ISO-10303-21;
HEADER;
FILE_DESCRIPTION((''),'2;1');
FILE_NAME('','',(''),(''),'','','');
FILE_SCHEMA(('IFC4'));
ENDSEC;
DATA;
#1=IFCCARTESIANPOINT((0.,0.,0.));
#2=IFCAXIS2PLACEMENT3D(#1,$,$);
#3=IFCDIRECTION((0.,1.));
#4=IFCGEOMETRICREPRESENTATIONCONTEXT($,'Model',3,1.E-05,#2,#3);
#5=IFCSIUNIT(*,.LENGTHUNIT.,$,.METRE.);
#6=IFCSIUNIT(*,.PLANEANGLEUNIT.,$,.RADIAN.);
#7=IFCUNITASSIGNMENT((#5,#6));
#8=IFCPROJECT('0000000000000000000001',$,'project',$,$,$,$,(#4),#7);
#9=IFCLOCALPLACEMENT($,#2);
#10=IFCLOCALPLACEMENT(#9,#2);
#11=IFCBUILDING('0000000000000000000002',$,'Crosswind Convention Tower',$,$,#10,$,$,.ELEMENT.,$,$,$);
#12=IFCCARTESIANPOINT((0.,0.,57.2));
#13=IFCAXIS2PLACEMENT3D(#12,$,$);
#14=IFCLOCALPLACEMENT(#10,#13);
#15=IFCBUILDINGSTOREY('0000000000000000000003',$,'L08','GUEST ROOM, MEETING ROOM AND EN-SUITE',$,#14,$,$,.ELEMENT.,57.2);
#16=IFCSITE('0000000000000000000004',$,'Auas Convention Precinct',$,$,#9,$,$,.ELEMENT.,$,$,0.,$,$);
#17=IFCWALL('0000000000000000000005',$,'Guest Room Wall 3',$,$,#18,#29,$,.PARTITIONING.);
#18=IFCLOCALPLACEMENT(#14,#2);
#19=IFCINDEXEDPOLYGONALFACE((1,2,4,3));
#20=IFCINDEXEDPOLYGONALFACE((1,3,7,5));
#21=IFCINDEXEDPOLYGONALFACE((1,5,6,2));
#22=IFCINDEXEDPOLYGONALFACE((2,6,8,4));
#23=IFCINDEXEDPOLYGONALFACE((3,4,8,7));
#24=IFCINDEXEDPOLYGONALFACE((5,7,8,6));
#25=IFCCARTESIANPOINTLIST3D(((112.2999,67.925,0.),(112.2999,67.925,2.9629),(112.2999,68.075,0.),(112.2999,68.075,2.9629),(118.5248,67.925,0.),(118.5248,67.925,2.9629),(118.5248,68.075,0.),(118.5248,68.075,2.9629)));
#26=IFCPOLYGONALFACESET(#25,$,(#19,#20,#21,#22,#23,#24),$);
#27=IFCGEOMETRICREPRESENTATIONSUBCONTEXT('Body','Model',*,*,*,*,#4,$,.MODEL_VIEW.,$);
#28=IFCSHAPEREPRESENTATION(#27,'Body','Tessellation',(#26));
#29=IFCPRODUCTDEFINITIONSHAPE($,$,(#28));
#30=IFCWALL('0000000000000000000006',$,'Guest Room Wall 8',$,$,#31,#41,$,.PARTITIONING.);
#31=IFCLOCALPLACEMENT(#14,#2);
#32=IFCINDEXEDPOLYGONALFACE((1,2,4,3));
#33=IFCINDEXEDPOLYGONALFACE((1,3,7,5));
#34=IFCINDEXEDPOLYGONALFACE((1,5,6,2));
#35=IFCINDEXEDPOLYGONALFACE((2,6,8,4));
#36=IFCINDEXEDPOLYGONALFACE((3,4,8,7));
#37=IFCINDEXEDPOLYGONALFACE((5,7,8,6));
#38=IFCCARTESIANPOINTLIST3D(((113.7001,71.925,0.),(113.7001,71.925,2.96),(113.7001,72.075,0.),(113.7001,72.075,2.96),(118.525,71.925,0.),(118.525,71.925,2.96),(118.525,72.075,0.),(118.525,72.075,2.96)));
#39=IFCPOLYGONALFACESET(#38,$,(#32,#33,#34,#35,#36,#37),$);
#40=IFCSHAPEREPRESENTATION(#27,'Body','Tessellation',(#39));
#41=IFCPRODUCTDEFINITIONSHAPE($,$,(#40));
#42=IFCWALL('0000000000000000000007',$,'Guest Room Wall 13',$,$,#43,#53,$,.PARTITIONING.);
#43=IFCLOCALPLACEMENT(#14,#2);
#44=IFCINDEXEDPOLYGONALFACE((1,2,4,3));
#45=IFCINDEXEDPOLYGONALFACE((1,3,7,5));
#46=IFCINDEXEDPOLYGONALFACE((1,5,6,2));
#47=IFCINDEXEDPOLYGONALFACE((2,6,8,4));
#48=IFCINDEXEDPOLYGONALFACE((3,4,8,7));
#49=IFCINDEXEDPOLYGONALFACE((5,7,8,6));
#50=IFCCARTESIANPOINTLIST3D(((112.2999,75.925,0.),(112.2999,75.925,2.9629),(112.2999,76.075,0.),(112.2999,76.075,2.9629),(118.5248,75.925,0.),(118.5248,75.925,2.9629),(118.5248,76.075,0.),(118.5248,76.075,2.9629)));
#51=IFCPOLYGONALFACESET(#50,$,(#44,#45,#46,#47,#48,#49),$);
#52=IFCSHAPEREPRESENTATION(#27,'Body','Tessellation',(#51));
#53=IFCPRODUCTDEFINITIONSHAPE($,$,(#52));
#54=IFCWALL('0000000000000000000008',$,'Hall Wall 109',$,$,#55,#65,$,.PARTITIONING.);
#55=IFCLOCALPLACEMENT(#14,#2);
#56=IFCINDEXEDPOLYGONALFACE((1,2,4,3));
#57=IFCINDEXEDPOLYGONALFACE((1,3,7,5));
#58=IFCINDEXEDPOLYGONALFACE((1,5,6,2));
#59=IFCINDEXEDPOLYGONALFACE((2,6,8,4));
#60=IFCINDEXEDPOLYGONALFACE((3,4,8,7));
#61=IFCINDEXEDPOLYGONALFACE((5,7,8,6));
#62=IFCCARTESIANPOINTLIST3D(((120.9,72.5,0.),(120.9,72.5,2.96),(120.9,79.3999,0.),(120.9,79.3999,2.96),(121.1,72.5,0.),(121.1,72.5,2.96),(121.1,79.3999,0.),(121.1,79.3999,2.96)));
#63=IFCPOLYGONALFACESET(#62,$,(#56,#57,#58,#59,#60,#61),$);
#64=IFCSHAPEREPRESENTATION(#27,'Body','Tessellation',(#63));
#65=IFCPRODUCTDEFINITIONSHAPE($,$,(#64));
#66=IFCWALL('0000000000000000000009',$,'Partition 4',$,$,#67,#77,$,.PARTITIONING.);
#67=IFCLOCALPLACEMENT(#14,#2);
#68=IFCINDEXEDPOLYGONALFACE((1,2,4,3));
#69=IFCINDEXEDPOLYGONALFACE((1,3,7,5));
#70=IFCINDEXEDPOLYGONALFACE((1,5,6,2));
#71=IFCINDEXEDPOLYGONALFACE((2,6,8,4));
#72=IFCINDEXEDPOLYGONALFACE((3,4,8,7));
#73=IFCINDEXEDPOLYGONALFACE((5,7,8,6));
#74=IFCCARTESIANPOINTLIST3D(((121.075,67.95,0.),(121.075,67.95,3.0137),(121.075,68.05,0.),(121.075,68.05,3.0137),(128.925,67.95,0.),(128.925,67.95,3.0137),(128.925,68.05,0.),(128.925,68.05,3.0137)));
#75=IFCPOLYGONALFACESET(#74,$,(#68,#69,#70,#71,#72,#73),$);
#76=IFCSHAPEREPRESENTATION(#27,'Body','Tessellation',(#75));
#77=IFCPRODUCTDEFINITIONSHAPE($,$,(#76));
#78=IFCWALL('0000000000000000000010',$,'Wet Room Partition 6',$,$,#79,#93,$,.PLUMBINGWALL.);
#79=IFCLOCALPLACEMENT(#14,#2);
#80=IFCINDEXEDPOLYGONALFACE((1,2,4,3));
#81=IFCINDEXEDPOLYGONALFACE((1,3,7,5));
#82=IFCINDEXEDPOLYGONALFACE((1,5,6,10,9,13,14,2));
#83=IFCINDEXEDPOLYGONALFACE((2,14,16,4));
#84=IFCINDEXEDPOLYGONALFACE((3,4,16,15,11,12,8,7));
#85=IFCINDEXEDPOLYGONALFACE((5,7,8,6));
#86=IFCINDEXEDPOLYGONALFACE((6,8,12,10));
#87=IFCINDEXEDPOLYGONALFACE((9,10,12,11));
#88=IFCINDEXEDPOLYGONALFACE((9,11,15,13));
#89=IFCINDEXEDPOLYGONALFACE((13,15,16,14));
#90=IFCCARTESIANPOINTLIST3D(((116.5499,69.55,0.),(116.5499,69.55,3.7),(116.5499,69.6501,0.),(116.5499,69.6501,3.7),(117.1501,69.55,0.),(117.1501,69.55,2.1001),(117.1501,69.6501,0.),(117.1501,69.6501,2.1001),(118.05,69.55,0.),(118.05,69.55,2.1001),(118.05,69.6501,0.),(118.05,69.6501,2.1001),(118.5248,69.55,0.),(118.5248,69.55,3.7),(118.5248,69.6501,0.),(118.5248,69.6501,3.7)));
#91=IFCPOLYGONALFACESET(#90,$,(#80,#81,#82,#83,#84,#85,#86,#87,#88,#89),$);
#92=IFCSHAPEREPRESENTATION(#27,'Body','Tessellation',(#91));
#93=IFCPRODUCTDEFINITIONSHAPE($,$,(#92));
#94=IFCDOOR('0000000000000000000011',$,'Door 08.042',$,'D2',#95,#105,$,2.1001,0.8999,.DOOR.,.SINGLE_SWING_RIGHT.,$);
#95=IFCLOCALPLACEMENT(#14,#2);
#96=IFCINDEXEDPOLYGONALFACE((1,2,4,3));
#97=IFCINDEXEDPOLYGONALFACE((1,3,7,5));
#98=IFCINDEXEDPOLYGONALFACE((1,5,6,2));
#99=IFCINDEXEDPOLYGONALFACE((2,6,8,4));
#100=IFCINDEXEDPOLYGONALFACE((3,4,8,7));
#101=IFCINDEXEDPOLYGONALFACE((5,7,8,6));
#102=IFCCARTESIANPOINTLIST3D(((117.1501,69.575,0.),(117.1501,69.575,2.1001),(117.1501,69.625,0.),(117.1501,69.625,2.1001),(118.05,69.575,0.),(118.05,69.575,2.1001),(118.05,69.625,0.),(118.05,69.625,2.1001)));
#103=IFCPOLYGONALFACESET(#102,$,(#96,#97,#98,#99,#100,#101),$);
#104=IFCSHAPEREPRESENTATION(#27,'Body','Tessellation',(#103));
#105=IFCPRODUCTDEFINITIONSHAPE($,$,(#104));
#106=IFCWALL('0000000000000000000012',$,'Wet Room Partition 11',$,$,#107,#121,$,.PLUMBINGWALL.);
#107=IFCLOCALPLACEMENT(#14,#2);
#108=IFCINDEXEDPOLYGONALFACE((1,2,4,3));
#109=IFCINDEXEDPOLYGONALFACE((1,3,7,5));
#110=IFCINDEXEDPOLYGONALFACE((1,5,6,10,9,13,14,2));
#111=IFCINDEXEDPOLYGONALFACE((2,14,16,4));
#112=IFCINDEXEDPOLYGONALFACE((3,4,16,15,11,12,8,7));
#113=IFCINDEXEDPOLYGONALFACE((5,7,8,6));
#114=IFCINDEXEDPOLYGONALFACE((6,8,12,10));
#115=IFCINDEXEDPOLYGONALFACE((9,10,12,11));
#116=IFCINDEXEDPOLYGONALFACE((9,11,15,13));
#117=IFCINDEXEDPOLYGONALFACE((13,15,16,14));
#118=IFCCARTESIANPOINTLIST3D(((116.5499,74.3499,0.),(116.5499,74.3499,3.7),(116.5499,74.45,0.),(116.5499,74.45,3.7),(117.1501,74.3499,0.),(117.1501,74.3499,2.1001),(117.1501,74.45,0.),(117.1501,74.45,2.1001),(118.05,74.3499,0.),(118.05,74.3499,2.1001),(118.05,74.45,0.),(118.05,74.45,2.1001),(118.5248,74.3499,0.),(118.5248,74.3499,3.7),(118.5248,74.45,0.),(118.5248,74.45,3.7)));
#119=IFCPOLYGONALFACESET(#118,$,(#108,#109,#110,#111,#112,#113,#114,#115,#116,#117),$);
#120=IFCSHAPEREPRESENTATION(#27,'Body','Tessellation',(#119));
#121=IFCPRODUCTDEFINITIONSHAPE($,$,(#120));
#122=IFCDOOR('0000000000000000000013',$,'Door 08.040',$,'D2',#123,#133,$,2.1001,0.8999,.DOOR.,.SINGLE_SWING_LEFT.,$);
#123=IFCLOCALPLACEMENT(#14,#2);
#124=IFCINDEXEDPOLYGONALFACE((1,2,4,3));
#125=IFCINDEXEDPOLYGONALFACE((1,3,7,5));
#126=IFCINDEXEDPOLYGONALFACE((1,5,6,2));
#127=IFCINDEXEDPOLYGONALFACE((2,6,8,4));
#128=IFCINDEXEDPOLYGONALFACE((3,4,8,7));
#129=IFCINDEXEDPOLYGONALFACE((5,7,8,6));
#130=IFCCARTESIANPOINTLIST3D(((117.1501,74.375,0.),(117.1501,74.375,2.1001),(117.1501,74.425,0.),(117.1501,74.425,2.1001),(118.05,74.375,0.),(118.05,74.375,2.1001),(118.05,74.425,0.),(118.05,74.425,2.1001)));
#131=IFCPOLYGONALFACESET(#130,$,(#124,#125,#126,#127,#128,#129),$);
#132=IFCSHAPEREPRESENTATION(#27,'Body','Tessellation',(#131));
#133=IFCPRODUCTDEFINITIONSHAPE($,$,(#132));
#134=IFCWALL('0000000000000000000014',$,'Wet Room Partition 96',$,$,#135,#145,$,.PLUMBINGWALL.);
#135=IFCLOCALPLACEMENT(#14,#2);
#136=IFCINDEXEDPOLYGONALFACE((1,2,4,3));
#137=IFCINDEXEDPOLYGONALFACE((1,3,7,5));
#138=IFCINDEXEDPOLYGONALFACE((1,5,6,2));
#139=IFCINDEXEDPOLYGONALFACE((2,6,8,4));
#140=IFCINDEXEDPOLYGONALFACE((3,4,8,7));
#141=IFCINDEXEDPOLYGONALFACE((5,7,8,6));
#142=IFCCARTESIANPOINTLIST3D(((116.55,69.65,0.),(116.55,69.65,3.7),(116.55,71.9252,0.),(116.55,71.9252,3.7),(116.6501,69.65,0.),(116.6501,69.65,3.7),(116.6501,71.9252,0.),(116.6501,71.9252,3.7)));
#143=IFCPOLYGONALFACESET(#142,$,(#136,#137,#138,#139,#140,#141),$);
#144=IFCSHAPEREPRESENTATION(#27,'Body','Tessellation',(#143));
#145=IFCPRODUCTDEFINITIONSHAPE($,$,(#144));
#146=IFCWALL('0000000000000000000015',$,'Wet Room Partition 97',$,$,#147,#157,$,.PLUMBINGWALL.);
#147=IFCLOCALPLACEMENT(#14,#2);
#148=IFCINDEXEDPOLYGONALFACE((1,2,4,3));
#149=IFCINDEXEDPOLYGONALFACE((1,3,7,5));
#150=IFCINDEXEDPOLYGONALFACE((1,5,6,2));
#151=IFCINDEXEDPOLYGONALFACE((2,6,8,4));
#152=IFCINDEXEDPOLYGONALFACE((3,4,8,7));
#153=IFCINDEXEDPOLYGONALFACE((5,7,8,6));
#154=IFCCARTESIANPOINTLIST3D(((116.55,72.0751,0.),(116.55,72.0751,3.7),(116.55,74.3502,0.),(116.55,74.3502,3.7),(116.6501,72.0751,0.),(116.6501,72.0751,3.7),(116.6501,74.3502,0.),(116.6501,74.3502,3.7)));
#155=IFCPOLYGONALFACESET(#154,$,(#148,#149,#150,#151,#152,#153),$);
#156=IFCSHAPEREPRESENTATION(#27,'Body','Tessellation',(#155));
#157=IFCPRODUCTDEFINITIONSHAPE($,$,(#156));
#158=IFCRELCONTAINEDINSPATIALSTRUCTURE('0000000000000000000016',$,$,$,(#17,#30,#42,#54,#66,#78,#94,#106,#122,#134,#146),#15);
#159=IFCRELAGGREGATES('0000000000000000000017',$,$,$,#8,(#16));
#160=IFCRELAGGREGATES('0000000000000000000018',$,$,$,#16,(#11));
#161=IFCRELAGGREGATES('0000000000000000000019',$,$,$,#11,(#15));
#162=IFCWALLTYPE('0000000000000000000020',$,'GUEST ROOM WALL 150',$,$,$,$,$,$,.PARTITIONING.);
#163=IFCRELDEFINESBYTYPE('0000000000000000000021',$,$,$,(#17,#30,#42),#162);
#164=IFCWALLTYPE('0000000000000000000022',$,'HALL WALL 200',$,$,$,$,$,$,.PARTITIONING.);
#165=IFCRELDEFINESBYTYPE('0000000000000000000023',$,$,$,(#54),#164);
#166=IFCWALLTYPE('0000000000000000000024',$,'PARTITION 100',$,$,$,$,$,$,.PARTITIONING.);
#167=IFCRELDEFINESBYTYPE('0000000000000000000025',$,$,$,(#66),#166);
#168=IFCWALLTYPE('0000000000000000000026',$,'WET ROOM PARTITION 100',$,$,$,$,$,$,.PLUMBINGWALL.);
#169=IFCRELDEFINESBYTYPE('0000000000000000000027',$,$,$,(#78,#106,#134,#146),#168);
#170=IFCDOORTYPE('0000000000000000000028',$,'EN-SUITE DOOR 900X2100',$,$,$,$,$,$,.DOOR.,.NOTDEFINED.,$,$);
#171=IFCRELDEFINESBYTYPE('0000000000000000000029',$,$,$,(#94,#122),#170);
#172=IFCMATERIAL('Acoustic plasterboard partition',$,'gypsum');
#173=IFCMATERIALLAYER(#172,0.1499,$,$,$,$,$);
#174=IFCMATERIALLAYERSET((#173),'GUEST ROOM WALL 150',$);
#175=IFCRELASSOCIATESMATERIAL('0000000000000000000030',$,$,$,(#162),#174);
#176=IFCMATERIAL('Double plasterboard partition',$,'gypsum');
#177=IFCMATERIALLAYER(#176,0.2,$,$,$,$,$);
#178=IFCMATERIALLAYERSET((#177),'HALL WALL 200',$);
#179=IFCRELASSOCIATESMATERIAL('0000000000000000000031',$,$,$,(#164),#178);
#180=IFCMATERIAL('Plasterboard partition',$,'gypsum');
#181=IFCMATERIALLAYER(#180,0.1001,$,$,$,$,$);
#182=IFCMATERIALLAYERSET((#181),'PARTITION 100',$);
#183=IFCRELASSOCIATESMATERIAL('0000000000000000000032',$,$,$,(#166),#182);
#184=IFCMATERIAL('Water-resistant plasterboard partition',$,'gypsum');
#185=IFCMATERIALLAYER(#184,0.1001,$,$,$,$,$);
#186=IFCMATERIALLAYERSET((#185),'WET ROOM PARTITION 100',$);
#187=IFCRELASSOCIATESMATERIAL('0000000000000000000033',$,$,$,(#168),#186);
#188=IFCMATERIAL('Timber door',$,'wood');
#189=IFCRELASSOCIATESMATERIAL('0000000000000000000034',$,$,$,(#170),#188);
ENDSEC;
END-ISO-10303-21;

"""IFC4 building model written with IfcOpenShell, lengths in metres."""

from ifc_helpers import new_model, si_unit, direction, frame, frame_2d, origin, place, context, subcontext, project, spatial, rectangle, extrude, material, layer, layer_set, type_object, element, fill, save


model = new_model("IFC4")

# Units and contexts
model_context = context("Model", 3, precision=1e-05, world=origin(), true_north=direction((0.0, 1.0)))
body_context = subcontext(model_context, "Body", "Model", "MODEL_VIEW")
ifc_project = project(units=[si_unit("LENGTHUNIT", "METRE"), si_unit("PLANEANGLEUNIT", "RADIAN")], contexts=[model_context])

# Site, building, storey
site_placement = place(None, origin())
site = spatial("IfcSite", under=ifc_project, at=site_placement, Name="Auas Convention Precinct", CompositionType="ELEMENT", RefElevation=0.0)
building_placement = place(site_placement, origin())
building = spatial("IfcBuilding", under=site, at=building_placement, Name="Crosswind Convention Tower", CompositionType="ELEMENT")
storey_placement = place(building_placement, frame((0.0, 0.0, 57.2)))
storey = spatial("IfcBuildingStorey", under=building, at=storey_placement, Name="L08", Description="GUEST ROOM, MEETING ROOM AND EN-SUITE", CompositionType="ELEMENT", Elevation=57.2)

# Walls
ifc_material_1 = material(Name="Acoustic plasterboard partition", Category="gypsum")
ifc_layer_1 = layer(ifc_material_1, 0.1499)
ifc_layer_set_1 = layer_set([ifc_layer_1], Name="GUEST ROOM WALL 150")
wall_type_1 = type_object("IfcWallType", Name="GUEST ROOM WALL 150", PredefinedType="PARTITIONING", material=ifc_layer_set_1)
wall_1_placement = place(storey_placement, frame((112.3, 68.0, 0.0), z_axis=(0.0, 0.0, 1.0), x_axis=(1.0, 0.0, 0.0)))
element("IfcWall", 1, at=wall_1_placement, inside=storey, type_object=wall_type_1, Name="Guest Room Wall 3", PredefinedType="PARTITIONING", context=body_context, shape_type="SweptSolid", body=[
    extrude(rectangle(XDim=6.2249, YDim=0.1499, at=frame_2d((3.1123, 0.0))), origin(), (0.0, 0.0, 1.0), 2.9629),
])
wall_2_placement = place(storey_placement, frame((113.7, 72.0, 0.0), z_axis=(0.0, 0.0, 1.0), x_axis=(1.0, 0.0, 0.0)))
element("IfcWall", 2, at=wall_2_placement, inside=storey, type_object=wall_type_1, Name="Guest Room Wall 8", PredefinedType="PARTITIONING", context=body_context, shape_type="SweptSolid", body=[
    extrude(rectangle(XDim=4.825, YDim=0.1499, at=frame_2d((2.4126, 0.0))), origin(), (0.0, 0.0, 1.0), 2.96),
])
wall_3_placement = place(storey_placement, frame((112.3, 76.0, 0.0), z_axis=(0.0, 0.0, 1.0), x_axis=(1.0, 0.0, 0.0)))
element("IfcWall", 3, at=wall_3_placement, inside=storey, type_object=wall_type_1, Name="Guest Room Wall 13", PredefinedType="PARTITIONING", context=body_context, shape_type="SweptSolid", body=[
    extrude(rectangle(XDim=6.2249, YDim=0.1499, at=frame_2d((3.1123, 0.0))), origin(), (0.0, 0.0, 1.0), 2.9629),
])
ifc_material_2 = material(Name="Double plasterboard partition", Category="gypsum")
ifc_layer_2 = layer(ifc_material_2, 0.2)
ifc_layer_set_2 = layer_set([ifc_layer_2], Name="HALL WALL 200")
wall_type_2 = type_object("IfcWallType", Name="HALL WALL 200", PredefinedType="PARTITIONING", material=ifc_layer_set_2)
wall_4_placement = place(storey_placement, frame((121.0, 72.5, 0.0), z_axis=(0.0, 0.0, 1.0), x_axis=(0.0, 1.0, 0.0)))
element("IfcWall", 4, at=wall_4_placement, inside=storey, type_object=wall_type_2, Name="Hall Wall 109", PredefinedType="PARTITIONING", context=body_context, shape_type="SweptSolid", body=[
    extrude(rectangle(XDim=6.8999, YDim=0.2, at=frame_2d((3.45, 0.0))), origin(), (0.0, 0.0, 1.0), 2.96),
])
ifc_material_3 = material(Name="Plasterboard partition", Category="gypsum")
ifc_layer_3 = layer(ifc_material_3, 0.1001)
ifc_layer_set_3 = layer_set([ifc_layer_3], Name="PARTITION 100")
wall_type_3 = type_object("IfcWallType", Name="PARTITION 100", PredefinedType="PARTITIONING", material=ifc_layer_set_3)
wall_5_placement = place(storey_placement, frame((121.075, 68.0, 0.0), z_axis=(0.0, 0.0, 1.0), x_axis=(1.0, 0.0, 0.0)))
element("IfcWall", 5, at=wall_5_placement, inside=storey, type_object=wall_type_3, Name="Partition 4", PredefinedType="PARTITIONING", context=body_context, shape_type="SweptSolid", body=[
    extrude(rectangle(XDim=7.8501, YDim=0.1001, at=frame_2d((3.925, 0.0))), origin(), (0.0, 0.0, 1.0), 3.0137),
])

# Walls, openings, doors
ifc_material_4 = material(Name="Water-resistant plasterboard partition", Category="gypsum")
ifc_layer_4 = layer(ifc_material_4, 0.1001)
ifc_layer_set_4 = layer_set([ifc_layer_4], Name="WET ROOM PARTITION 100")
wall_type_4 = type_object("IfcWallType", Name="WET ROOM PARTITION 100", PredefinedType="PLUMBINGWALL", material=ifc_layer_set_4)
wall_6_placement = place(storey_placement, frame((116.55, 69.6001, 0.0), z_axis=(0.0, 0.0, 1.0), x_axis=(1.0, 0.0, 0.0)))
wall_6 = element("IfcWall", 6, at=wall_6_placement, inside=storey, type_object=wall_type_4, Name="Wet Room Partition 6", PredefinedType="PLUMBINGWALL", context=body_context, shape_type="SweptSolid", body=[
    extrude(rectangle(XDim=1.9749, YDim=0.1001, at=frame_2d((0.9873, 0.0))), origin(), (0.0, 0.0, 1.0), 3.7),
])
opening_1_placement = place(wall_6_placement, frame((0.6001, 0.0, 0.0)))
opening_1 = element("IfcOpeningElement", 7, at=opening_1_placement, cuts=wall_6, PredefinedType="OPENING", context=body_context, shape_type="SweptSolid", body=[
    extrude(rectangle(XDim=0.8999, YDim=2.1001, at=frame_2d((0.45, 1.05))), frame((0.0, 0.0601, 0.0), z_axis=(0.0, -1.0, 0.0), x_axis=(1.0, 0.0, 0.0)), (0.0, 0.0, 1.0), 0.1201),
])
ifc_material_5 = material(Name="Timber door", Category="wood")
door_type = type_object("IfcDoorType", Name="EN-SUITE DOOR 900X2100", OperationType="NOTDEFINED", PredefinedType="DOOR", material=ifc_material_5)
door_1_placement = place(opening_1_placement, origin())
door_1 = element("IfcDoor", 8, at=door_1_placement, inside=storey, type_object=door_type, Name="Door 08.042", ObjectType="D2", OperationType="SINGLE_SWING_RIGHT", OverallHeight=2.1001, OverallWidth=0.8999, PredefinedType="DOOR", context=body_context, shape_type="SweptSolid", body=[
    extrude(rectangle(XDim=0.8999, YDim=2.1001, at=frame_2d((0.45, 1.05))), frame((0.0, 0.0249, 0.0), z_axis=(0.0, -1.0, 0.0), x_axis=(1.0, 0.0, 0.0)), (0.0, 0.0, 1.0), 0.05),
])
fill(opening_1, door_1)
wall_7_placement = place(storey_placement, frame((116.55, 74.3999, 0.0), z_axis=(0.0, 0.0, 1.0), x_axis=(1.0, 0.0, 0.0)))
wall_7 = element("IfcWall", 9, at=wall_7_placement, inside=storey, type_object=wall_type_4, Name="Wet Room Partition 11", PredefinedType="PLUMBINGWALL", context=body_context, shape_type="SweptSolid", body=[
    extrude(rectangle(XDim=1.9749, YDim=0.1001, at=frame_2d((0.9873, 0.0))), origin(), (0.0, 0.0, 1.0), 3.7),
])
opening_2_placement = place(wall_7_placement, frame((0.6001, 0.0, 0.0)))
opening_2 = element("IfcOpeningElement", 10, at=opening_2_placement, cuts=wall_7, PredefinedType="OPENING", context=body_context, shape_type="SweptSolid", body=[
    extrude(rectangle(XDim=0.8999, YDim=2.1001, at=frame_2d((0.45, 1.05))), frame((0.0, 0.0601, 0.0), z_axis=(0.0, -1.0, 0.0), x_axis=(1.0, 0.0, 0.0)), (0.0, 0.0, 1.0), 0.1201),
])
door_2_placement = place(opening_2_placement, frame((0.8999, 0.0, 0.0), z_axis=(0.0, 0.0, 1.0), x_axis=(-1.0, 0.0, 0.0)))
door_2 = element("IfcDoor", 11, at=door_2_placement, inside=storey, type_object=door_type, Name="Door 08.040", ObjectType="D2", OperationType="SINGLE_SWING_LEFT", OverallHeight=2.1001, OverallWidth=0.8999, PredefinedType="DOOR", context=body_context, shape_type="SweptSolid", body=[
    extrude(rectangle(XDim=0.8999, YDim=2.1001, at=frame_2d((0.45, 1.05))), frame((0.0, 0.0249, 0.0), z_axis=(0.0, -1.0, 0.0), x_axis=(1.0, 0.0, 0.0)), (0.0, 0.0, 1.0), 0.05),
])
fill(opening_2, door_2)

# Walls
for number, where, z_axis, x_axis, name in (
    (12, (116.6001, 69.6499, 0.0), (0.0, 0.0, 1.0), (0.0, 1.0, 0.0), "Wet Room Partition 96"),
    (13, (116.6001, 72.075, 0.0), (0.0, 0.0, 1.0), (0.0, 1.0, 0.0), "Wet Room Partition 97"),
):
    element("IfcWall", number, at=place(storey_placement, frame(where, z_axis=z_axis, x_axis=x_axis)), inside=storey, type_object=wall_type_4, Name=name, PredefinedType="PLUMBINGWALL", context=body_context, shape_type="SweptSolid", body=[
        extrude(rectangle(XDim=2.2751, YDim=0.1001, at=frame_2d((1.1377, 0.0))), origin(), (0.0, 0.0, 1.0), 3.7),
    ])

save(model, "model.ifc")
